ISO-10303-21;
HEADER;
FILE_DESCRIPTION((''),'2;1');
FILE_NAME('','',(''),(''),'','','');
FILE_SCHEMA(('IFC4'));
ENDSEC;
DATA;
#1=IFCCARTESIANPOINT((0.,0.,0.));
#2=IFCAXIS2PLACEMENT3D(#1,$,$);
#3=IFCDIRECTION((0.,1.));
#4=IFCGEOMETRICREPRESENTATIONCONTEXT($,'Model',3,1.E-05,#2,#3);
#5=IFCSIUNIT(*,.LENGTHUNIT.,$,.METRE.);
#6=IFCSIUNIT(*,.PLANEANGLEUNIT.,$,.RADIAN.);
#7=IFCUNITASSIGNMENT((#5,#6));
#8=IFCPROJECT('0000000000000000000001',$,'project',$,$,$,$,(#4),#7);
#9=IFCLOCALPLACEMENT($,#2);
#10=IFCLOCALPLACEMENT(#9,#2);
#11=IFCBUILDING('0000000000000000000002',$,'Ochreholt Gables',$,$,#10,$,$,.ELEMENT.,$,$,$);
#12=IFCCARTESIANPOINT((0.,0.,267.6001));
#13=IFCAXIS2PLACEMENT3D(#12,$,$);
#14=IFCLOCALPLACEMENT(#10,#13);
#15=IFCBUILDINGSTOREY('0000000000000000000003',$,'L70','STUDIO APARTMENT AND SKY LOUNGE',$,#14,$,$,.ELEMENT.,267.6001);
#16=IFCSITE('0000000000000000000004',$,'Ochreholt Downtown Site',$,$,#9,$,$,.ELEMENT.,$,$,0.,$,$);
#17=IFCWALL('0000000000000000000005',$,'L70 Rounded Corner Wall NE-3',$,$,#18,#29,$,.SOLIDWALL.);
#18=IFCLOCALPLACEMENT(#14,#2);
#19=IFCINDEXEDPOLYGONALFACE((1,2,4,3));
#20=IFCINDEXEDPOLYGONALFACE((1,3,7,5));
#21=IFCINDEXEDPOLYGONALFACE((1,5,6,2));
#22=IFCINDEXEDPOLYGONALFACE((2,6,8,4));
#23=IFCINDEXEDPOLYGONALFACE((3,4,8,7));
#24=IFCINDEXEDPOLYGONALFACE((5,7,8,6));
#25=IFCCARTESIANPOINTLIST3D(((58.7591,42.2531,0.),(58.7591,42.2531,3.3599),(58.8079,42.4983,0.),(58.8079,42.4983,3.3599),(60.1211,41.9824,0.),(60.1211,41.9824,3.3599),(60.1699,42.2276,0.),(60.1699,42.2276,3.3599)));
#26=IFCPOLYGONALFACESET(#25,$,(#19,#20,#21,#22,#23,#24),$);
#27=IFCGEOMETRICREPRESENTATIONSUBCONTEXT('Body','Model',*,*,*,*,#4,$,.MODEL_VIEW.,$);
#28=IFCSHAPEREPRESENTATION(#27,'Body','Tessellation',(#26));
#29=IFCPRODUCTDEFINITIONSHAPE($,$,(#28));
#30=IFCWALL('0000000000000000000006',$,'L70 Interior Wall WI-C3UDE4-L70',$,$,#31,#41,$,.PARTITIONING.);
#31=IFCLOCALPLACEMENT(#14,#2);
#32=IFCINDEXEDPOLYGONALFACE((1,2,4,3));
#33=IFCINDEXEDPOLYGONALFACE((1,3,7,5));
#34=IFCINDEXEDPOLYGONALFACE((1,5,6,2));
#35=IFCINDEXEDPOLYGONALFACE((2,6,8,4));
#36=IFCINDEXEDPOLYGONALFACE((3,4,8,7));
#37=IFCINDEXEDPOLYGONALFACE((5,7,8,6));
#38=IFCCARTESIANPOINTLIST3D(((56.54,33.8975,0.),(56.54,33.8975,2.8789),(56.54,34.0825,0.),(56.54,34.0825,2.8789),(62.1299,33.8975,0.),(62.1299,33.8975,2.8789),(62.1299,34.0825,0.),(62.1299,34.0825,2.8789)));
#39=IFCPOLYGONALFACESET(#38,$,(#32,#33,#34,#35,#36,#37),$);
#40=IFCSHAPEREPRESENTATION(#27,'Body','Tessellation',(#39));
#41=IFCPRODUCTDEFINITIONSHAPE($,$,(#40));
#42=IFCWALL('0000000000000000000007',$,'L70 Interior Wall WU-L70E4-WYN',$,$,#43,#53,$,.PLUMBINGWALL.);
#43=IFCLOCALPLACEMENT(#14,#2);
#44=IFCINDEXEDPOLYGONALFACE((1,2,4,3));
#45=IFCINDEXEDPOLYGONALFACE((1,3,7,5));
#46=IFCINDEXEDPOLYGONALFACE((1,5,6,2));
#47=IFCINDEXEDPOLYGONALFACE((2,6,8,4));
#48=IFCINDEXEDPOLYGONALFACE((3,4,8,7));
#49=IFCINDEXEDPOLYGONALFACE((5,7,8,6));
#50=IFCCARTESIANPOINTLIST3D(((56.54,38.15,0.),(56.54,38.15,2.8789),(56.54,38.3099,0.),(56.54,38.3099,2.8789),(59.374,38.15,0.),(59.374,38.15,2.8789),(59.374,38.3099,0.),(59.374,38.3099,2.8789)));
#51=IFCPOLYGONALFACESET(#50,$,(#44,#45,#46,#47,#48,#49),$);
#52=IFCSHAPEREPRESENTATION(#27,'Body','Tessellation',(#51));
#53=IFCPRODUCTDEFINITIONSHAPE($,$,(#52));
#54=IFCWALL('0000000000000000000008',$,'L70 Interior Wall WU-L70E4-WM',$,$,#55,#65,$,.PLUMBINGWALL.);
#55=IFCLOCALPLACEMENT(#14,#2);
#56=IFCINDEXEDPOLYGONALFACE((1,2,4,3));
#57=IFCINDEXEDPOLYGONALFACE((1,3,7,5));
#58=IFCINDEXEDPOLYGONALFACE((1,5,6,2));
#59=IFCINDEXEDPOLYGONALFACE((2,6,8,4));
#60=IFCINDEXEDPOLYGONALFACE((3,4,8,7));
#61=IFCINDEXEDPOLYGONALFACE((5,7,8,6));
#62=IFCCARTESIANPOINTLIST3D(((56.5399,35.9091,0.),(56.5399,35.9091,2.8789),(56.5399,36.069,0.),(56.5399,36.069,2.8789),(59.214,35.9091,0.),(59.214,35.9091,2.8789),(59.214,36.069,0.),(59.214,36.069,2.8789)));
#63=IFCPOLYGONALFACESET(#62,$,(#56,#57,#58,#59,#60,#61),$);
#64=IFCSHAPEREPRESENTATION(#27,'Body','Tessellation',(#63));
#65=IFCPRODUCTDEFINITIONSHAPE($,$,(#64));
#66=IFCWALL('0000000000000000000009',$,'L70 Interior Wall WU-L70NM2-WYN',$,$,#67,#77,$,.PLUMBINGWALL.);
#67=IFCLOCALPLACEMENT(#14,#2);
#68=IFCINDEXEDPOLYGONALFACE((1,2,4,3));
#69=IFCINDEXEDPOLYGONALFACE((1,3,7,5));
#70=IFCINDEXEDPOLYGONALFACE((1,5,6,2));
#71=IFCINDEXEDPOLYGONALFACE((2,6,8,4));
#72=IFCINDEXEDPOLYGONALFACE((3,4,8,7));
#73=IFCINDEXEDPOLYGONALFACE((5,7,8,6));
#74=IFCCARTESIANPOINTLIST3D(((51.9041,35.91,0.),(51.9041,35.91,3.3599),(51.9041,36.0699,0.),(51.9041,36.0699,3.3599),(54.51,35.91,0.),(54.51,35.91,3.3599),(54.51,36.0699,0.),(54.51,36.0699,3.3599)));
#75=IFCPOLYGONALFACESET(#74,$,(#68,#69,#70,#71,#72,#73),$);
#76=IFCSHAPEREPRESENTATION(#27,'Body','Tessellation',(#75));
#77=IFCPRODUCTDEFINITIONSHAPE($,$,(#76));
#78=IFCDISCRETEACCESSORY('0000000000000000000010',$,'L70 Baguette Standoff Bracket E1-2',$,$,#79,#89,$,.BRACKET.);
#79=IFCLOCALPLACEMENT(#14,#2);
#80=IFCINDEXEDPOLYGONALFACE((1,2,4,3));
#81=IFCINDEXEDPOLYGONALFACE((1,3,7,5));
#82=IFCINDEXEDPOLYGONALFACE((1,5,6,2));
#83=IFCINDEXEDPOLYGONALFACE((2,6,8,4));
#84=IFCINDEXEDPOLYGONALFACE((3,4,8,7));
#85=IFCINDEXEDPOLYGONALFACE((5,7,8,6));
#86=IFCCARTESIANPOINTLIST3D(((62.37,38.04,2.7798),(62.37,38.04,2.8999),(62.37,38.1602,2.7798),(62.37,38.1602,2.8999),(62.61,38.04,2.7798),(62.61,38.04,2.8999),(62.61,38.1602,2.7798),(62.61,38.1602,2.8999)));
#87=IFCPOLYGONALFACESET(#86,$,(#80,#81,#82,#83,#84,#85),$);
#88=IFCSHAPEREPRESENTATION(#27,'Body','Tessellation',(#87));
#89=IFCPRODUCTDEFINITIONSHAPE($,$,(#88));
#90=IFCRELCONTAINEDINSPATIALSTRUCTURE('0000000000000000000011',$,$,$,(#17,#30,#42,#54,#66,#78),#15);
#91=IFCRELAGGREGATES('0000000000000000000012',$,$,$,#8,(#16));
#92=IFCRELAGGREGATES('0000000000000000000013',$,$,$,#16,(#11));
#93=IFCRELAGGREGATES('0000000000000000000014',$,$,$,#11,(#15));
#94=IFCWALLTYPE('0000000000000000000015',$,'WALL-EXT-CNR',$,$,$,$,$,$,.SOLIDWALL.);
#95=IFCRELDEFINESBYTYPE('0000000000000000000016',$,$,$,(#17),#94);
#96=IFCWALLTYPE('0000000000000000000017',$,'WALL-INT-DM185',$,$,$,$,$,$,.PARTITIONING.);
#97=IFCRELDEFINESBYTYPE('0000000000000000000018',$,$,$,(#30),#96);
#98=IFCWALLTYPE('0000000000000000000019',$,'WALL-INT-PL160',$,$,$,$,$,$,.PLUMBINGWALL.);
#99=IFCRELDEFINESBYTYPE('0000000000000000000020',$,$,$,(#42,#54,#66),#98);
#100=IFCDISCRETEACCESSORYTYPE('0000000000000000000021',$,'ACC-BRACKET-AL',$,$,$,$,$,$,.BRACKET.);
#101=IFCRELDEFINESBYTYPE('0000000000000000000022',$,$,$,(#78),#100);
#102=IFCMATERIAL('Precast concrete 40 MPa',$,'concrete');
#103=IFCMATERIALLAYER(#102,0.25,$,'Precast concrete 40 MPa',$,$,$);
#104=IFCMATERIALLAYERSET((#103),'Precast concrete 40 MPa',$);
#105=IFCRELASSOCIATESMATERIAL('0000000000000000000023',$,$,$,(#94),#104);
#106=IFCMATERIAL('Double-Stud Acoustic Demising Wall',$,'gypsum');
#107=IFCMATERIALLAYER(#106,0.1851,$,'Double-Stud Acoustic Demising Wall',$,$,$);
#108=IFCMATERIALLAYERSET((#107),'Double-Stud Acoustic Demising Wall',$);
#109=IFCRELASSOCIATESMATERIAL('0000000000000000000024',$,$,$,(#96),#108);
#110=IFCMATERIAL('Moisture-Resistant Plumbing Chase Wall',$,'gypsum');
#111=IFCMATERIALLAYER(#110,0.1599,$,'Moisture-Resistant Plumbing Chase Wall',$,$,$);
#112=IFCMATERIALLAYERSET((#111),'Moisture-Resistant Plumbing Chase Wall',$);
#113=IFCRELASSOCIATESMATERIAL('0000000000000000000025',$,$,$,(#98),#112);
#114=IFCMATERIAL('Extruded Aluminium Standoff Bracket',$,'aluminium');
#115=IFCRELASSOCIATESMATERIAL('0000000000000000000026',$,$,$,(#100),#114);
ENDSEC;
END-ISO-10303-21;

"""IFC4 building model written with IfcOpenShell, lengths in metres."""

from ifc_helpers import new_model, si_unit, direction, frame, frame_2d, origin, origin_2d, place, context, subcontext, project, spatial, rectangle, extrude, material, layer, layer_set, type_object, element, save


model = new_model("IFC4")

# Units and contexts
model_context = context("Model", 3, precision=1e-05, world=origin(), true_north=direction((0.0, 1.0)))
body_context = subcontext(model_context, "Body", "Model", "MODEL_VIEW")
ifc_project = project(units=[si_unit("LENGTHUNIT", "METRE"), si_unit("PLANEANGLEUNIT", "RADIAN")], contexts=[model_context])

# Site, building, storey
site_placement = place(None, origin())
site = spatial("IfcSite", under=ifc_project, at=site_placement, Name="Ochreholt Downtown Site", CompositionType="ELEMENT", RefElevation=0.0)
building_placement = place(site_placement, origin())
building = spatial("IfcBuilding", under=site, at=building_placement, Name="Ochreholt Gables", CompositionType="ELEMENT")
storey_placement = place(building_placement, frame((0.0, 0.0, 267.6001)))
storey = spatial("IfcBuildingStorey", under=building, at=storey_placement, Name="L70", Description="STUDIO APARTMENT AND SKY LOUNGE", CompositionType="ELEMENT", Elevation=267.6001)

# Shared definitions
ifc_material_1 = material(Name="Precast concrete 40 MPa", Category="concrete")

# Shared definitions
ifc_layer_1 = layer(ifc_material_1, 0.25, Name="Precast concrete 40 MPa")
ifc_layer_set_1 = layer_set([ifc_layer_1], Name="Precast concrete 40 MPa")
wall_type_1 = type_object("IfcWallType", Name="WALL-EXT-CNR", PredefinedType="SOLIDWALL", material=ifc_layer_set_1)

# Walls
wall_1_placement = place(storey_placement, frame((60.1455, 42.105, 0.0), z_axis=(0.0, 0.0, 1.0), x_axis=(-0.98081, 0.194967, 0.0)))
element("IfcWall", 1, at=wall_1_placement, inside=storey, type_object=wall_type_1, Name="L70 Rounded Corner Wall NE-3", PredefinedType="SOLIDWALL", context=body_context, shape_type="SweptSolid", body=[
    extrude(rectangle(XDim=1.3887, YDim=0.25, at=frame_2d((0.6943, 0.0))), origin(), (0.0, 0.0, 1.0), 3.3599),
])
ifc_material_2 = material(Name="Double-Stud Acoustic Demising Wall", Category="gypsum")
ifc_layer_2 = layer(ifc_material_2, 0.1851, Name="Double-Stud Acoustic Demising Wall")
ifc_layer_set_2 = layer_set([ifc_layer_2], Name="Double-Stud Acoustic Demising Wall")
wall_type_2 = type_object("IfcWallType", Name="WALL-INT-DM185", PredefinedType="PARTITIONING", material=ifc_layer_set_2)
wall_2_placement = place(storey_placement, frame((56.54, 33.99, 0.0), z_axis=(0.0, 0.0, 1.0), x_axis=(1.0, 0.0, 0.0)))
element("IfcWall", 2, at=wall_2_placement, inside=storey, type_object=wall_type_2, Name="L70 Interior Wall WI-C3UDE4-L70", PredefinedType="PARTITIONING", context=body_context, shape_type="SweptSolid", body=[
    extrude(rectangle(XDim=5.5898, YDim=0.1851, at=frame_2d((2.7949, 0.0))), origin(), (0.0, 0.0, 1.0), 2.8789),
])
ifc_material_3 = material(Name="Moisture-Resistant Plumbing Chase Wall", Category="gypsum")
ifc_layer_3 = layer(ifc_material_3, 0.1599, Name="Moisture-Resistant Plumbing Chase Wall")
ifc_layer_set_3 = layer_set([ifc_layer_3], Name="Moisture-Resistant Plumbing Chase Wall")
wall_type_3 = type_object("IfcWallType", Name="WALL-INT-PL160", PredefinedType="PLUMBINGWALL", material=ifc_layer_set_3)
wall_3_placement = place(storey_placement, frame((56.54, 38.23, 0.0), z_axis=(0.0, 0.0, 1.0), x_axis=(1.0, 0.0, 0.0)))
element("IfcWall", 3, at=wall_3_placement, inside=storey, type_object=wall_type_3, Name="L70 Interior Wall WU-L70E4-WYN", PredefinedType="PLUMBINGWALL", context=body_context, shape_type="SweptSolid", body=[
    extrude(rectangle(XDim=2.834, YDim=0.1599, at=frame_2d((1.417, 0.0))), origin(), (0.0, 0.0, 1.0), 2.8789),
])

# Walls
wall_4_placement = place(storey_placement, frame((56.54, 35.989, 0.0), z_axis=(0.0, 0.0, 1.0), x_axis=(1.0, 0.0, 0.0)))
element("IfcWall", 4, at=wall_4_placement, inside=storey, type_object=wall_type_3, Name="L70 Interior Wall WU-L70E4-WM", PredefinedType="PLUMBINGWALL", context=body_context, shape_type="SweptSolid", body=[
    extrude(rectangle(XDim=2.6741, YDim=0.1599, at=frame_2d((1.3369, 0.0))), origin(), (0.0, 0.0, 1.0), 2.8789),
])
wall_5_placement = place(storey_placement, frame((51.9041, 35.99, 0.0), z_axis=(0.0, 0.0, 1.0), x_axis=(1.0, 0.0, 0.0)))
element("IfcWall", 5, at=wall_5_placement, inside=storey, type_object=wall_type_3, Name="L70 Interior Wall WU-L70NM2-WYN", PredefinedType="PLUMBINGWALL", context=body_context, shape_type="SweptSolid", body=[
    extrude(rectangle(XDim=2.606, YDim=0.1599, at=frame_2d((1.303, 0.0))), origin(), (0.0, 0.0, 1.0), 3.3599),
])

# Discrete accessory
ifc_material_4 = material(Name="Extruded Aluminium Standoff Bracket", Category="aluminium")
discrete_accessory_type = type_object("IfcDiscreteAccessoryType", Name="ACC-BRACKET-AL", PredefinedType="BRACKET", material=ifc_material_4)
discrete_accessory_placement = place(storey_placement, frame((62.49, 38.1001, 2.7798), z_axis=(0.0, 0.0, 1.0), x_axis=(0.0, 1.0, 0.0)))
element("IfcDiscreteAccessory", 6, at=discrete_accessory_placement, inside=storey, type_object=discrete_accessory_type, Name="L70 Baguette Standoff Bracket E1-2", PredefinedType="BRACKET", context=body_context, shape_type="SweptSolid", body=[
    extrude(rectangle(XDim=0.1201, YDim=0.24, at=origin_2d()), origin(), (0.0, 0.0, 1.0), 0.1201),
])

save(model, "model.ifc")
